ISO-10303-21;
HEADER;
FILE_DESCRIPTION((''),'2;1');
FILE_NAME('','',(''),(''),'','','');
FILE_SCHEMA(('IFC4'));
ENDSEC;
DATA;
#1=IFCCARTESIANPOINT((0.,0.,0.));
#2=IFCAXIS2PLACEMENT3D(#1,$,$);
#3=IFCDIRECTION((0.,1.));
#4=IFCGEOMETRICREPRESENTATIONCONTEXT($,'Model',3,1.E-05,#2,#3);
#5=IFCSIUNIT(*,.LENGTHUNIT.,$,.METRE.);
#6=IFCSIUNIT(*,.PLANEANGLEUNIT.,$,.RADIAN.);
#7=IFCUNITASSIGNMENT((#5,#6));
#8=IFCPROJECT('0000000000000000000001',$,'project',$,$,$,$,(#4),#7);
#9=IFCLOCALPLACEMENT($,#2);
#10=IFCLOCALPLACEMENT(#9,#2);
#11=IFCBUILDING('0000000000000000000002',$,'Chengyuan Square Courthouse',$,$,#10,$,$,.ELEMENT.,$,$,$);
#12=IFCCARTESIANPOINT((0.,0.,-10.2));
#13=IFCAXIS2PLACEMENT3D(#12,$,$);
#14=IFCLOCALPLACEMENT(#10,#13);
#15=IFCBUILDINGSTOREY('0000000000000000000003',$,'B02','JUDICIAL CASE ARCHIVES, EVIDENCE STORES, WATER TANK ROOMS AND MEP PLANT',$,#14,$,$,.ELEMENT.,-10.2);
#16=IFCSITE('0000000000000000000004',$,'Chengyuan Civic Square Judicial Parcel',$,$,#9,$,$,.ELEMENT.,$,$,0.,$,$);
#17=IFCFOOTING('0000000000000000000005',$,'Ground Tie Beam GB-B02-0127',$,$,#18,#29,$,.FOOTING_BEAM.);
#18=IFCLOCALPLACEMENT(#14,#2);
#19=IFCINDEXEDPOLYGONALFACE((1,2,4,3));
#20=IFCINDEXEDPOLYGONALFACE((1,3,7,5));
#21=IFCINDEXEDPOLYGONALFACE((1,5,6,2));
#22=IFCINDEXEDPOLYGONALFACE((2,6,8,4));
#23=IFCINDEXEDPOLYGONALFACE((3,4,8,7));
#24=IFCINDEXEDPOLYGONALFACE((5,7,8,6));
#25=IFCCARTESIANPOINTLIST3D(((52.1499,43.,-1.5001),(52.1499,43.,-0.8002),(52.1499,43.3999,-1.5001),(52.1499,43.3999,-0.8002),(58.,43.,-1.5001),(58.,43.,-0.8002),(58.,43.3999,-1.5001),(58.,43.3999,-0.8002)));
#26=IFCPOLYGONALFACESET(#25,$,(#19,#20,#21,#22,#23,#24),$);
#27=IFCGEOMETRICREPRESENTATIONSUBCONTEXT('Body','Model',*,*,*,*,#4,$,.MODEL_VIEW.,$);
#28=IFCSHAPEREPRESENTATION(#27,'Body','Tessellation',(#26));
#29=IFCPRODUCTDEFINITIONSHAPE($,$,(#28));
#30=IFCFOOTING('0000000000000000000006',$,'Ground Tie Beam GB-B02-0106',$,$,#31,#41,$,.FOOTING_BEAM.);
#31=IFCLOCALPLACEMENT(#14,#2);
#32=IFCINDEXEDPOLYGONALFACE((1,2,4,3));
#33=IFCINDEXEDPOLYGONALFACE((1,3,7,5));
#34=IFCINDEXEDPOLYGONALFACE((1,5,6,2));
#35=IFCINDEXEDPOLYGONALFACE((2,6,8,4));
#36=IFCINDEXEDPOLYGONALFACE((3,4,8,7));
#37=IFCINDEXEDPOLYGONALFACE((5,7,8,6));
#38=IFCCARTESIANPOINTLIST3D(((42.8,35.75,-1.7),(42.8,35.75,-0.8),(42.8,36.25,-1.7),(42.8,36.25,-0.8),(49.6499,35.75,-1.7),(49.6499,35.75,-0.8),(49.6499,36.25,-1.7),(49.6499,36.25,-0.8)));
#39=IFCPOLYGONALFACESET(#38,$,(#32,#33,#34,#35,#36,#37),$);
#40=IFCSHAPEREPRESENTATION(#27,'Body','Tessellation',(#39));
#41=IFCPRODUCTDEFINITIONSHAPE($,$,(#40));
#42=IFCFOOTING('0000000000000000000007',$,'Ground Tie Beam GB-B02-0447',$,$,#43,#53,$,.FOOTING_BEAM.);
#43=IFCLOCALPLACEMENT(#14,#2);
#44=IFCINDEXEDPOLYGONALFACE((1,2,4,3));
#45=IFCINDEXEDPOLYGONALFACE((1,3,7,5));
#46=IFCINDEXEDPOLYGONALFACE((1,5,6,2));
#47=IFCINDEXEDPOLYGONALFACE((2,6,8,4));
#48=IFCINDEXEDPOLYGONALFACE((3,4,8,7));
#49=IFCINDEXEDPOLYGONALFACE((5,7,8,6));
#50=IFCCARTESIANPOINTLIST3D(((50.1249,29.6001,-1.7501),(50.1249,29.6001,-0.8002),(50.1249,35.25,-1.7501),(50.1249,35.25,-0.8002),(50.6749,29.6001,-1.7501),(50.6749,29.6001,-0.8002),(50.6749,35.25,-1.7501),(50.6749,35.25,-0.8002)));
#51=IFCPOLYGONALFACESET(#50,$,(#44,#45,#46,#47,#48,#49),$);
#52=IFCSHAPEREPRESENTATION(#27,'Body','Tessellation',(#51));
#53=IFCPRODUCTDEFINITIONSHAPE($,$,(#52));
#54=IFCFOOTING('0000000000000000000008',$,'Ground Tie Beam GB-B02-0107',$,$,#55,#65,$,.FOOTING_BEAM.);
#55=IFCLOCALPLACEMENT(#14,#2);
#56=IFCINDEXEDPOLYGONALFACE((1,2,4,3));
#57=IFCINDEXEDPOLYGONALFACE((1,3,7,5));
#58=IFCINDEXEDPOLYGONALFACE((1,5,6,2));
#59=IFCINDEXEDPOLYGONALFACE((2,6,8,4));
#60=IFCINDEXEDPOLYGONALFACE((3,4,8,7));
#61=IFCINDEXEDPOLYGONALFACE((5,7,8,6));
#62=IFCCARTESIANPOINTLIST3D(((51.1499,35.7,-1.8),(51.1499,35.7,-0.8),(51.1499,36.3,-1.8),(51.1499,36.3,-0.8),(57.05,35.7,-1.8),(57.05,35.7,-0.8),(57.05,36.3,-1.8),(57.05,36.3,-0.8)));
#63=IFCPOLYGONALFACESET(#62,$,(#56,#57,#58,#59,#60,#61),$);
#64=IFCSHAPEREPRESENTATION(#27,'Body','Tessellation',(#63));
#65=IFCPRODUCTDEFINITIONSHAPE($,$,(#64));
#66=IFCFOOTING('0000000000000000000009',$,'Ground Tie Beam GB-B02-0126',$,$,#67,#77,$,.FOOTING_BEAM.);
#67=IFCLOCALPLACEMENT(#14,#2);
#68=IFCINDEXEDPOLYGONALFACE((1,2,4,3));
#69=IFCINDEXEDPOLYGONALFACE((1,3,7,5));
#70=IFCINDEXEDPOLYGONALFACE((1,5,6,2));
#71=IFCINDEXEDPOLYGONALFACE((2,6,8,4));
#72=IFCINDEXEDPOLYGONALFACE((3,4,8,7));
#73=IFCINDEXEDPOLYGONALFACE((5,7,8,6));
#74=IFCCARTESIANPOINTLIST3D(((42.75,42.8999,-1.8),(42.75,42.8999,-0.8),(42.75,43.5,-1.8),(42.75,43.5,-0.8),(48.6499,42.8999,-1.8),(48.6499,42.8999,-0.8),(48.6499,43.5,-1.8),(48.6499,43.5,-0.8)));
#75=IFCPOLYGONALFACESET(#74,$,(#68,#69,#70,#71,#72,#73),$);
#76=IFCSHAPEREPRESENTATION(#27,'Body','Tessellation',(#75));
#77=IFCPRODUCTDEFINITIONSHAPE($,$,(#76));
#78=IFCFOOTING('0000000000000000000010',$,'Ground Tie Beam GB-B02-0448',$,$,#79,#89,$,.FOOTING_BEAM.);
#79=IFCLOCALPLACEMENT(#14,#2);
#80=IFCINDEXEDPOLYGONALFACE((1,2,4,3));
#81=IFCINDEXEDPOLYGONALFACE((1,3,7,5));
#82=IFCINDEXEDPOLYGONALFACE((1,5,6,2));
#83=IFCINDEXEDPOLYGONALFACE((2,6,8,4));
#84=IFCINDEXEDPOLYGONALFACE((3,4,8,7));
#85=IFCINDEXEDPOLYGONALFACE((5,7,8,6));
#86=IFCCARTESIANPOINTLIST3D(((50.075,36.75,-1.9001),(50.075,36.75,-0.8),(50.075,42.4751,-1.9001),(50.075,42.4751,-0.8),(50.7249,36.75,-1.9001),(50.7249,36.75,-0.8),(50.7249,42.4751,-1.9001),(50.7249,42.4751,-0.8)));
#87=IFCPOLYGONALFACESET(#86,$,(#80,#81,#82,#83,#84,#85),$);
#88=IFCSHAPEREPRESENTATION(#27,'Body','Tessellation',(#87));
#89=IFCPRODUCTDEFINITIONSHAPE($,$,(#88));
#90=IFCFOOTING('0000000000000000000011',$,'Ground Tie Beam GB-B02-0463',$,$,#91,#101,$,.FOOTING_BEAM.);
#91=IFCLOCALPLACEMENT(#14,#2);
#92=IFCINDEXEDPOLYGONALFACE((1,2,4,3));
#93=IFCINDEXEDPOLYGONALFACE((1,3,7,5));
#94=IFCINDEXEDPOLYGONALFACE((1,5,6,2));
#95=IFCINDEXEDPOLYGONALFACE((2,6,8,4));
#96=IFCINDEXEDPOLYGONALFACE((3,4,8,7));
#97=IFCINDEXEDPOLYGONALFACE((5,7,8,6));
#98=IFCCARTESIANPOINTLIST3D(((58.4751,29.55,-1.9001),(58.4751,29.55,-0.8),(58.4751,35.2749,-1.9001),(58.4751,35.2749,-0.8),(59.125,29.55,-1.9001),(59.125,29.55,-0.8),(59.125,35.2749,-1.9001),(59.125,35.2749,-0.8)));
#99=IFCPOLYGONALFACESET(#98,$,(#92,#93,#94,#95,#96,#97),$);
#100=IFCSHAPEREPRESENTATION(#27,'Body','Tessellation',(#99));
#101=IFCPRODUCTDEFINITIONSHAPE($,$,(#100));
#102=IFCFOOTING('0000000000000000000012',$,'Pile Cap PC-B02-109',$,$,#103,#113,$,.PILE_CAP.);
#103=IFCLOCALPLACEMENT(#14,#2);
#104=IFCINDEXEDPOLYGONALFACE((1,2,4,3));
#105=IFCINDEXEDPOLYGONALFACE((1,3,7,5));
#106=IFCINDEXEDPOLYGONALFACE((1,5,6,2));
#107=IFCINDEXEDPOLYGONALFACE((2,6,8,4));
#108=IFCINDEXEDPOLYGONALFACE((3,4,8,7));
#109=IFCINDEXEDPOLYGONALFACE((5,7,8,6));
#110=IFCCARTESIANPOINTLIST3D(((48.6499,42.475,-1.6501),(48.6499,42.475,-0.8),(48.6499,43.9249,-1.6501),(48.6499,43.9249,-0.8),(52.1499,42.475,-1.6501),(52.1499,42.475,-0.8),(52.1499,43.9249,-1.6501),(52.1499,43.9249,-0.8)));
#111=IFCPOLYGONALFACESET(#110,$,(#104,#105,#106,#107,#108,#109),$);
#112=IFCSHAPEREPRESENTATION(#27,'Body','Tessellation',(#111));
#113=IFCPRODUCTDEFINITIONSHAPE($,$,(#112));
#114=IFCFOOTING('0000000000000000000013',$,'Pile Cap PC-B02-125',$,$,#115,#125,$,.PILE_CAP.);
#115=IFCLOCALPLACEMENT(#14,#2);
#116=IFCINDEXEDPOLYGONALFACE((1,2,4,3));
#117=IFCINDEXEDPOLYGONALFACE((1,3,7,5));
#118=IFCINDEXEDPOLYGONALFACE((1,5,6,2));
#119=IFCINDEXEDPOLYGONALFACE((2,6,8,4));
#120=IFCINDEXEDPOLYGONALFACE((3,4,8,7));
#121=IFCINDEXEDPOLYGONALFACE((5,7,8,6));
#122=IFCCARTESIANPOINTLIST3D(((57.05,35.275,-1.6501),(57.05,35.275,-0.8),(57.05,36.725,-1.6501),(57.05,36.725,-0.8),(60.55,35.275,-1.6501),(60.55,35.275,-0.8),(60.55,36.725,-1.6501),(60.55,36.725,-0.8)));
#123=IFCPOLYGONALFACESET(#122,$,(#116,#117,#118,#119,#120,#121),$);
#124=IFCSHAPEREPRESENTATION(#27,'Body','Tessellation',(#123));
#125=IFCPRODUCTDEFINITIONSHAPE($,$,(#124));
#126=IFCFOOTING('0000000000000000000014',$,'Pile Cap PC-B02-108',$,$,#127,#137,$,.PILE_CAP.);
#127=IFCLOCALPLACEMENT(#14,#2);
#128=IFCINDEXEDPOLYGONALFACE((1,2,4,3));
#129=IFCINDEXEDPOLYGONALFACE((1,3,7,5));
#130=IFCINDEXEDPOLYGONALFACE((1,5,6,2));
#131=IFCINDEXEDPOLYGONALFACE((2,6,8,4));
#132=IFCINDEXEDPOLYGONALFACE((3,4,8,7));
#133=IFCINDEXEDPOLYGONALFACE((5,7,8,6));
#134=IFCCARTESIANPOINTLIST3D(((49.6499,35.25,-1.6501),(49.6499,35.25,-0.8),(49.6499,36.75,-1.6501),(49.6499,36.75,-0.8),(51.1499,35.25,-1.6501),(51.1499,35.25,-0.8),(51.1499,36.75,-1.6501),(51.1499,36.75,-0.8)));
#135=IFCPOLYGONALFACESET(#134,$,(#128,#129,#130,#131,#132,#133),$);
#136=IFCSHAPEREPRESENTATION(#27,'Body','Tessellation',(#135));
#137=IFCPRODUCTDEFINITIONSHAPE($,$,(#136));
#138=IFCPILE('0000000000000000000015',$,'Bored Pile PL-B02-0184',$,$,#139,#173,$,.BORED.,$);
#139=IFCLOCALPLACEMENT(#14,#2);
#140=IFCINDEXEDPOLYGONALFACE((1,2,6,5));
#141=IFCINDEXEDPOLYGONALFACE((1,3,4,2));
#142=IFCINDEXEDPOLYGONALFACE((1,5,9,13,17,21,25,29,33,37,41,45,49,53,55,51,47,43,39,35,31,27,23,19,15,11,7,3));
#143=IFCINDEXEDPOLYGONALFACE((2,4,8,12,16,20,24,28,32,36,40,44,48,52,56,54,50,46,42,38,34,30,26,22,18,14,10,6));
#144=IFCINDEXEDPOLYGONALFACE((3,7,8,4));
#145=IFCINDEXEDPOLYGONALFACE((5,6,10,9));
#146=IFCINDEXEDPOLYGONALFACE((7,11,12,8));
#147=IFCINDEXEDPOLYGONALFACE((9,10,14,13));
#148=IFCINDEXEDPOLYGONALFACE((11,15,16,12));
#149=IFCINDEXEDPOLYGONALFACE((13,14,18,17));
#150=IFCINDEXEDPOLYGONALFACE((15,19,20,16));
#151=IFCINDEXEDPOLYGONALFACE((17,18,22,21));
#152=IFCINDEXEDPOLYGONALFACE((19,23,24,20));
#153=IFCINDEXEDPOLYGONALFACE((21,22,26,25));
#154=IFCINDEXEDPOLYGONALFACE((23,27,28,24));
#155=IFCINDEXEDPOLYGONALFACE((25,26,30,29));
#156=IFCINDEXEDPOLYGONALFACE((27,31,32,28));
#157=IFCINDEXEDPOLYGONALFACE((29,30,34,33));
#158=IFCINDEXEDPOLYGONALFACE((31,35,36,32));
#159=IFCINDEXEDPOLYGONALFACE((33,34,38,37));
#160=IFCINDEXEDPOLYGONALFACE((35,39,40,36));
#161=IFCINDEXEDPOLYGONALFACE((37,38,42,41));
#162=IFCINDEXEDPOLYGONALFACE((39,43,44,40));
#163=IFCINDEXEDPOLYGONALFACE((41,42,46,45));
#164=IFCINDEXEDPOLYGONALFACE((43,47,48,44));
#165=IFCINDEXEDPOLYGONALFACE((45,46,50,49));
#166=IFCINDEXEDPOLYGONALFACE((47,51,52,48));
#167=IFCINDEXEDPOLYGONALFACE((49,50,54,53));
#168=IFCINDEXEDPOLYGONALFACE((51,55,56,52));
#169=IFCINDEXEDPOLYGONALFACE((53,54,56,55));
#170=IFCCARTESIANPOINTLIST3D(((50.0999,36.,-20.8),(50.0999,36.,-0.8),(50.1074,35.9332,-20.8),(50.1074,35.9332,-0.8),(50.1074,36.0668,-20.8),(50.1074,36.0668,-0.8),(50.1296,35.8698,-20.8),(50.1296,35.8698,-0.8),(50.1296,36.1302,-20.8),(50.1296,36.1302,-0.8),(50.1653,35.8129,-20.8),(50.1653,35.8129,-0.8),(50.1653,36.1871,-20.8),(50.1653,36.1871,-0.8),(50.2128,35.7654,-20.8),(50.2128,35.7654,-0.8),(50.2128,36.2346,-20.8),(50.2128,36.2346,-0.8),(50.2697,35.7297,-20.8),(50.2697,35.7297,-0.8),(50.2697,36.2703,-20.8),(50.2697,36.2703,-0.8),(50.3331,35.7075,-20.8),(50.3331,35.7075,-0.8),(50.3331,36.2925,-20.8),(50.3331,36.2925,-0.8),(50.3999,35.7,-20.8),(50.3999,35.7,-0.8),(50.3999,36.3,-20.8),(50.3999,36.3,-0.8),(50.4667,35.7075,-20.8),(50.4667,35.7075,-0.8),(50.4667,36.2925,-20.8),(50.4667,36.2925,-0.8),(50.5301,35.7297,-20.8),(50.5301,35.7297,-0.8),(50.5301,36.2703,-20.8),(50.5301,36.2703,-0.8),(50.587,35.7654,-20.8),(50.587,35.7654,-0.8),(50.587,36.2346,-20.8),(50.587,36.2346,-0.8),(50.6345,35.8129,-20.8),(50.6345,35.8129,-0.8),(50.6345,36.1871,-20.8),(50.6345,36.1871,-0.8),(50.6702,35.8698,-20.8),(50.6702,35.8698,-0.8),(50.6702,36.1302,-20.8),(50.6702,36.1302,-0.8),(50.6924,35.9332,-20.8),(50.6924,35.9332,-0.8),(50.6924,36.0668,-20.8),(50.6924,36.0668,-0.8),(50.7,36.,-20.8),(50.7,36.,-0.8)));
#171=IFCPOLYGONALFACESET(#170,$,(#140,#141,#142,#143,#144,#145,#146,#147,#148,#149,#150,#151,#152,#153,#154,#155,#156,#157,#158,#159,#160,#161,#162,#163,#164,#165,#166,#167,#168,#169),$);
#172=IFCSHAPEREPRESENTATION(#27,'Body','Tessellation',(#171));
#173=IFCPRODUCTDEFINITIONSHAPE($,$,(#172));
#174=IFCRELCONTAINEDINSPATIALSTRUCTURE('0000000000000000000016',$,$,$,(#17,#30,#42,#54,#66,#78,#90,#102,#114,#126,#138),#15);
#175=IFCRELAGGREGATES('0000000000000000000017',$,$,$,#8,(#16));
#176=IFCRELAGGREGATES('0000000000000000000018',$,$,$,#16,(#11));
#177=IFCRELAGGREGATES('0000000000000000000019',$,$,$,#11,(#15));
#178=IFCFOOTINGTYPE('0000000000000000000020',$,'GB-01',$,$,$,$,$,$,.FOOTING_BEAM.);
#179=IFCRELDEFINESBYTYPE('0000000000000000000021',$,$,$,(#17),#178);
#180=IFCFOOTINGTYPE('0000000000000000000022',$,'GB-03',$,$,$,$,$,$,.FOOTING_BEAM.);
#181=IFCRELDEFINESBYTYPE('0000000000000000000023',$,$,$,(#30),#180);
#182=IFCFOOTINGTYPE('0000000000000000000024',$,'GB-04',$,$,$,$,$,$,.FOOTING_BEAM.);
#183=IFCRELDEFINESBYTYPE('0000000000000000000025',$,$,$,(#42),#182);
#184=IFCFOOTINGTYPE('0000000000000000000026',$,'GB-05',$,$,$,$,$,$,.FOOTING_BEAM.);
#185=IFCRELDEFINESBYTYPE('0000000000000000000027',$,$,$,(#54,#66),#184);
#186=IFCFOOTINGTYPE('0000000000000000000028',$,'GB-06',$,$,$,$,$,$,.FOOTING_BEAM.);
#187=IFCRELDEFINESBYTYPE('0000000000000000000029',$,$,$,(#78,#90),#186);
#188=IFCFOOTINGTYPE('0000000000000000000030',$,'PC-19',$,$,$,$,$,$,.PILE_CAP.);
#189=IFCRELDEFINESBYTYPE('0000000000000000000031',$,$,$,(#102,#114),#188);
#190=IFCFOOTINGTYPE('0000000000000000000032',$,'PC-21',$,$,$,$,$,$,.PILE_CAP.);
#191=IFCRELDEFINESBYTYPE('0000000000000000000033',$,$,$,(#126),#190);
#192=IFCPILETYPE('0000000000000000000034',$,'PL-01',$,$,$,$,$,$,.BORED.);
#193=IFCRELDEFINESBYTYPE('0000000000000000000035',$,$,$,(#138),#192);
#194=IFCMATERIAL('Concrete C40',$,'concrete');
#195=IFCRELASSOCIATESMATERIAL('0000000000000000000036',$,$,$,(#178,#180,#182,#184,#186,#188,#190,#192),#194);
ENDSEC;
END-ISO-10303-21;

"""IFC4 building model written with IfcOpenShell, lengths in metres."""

from ifc_helpers import new_model, si_unit, direction, frame, origin, origin_2d, place, context, subcontext, project, spatial, rectangle, circle, extrude, material, material_profile, profile_set, type_object, element, save


model = new_model("IFC4")

# Units and contexts
model_context = context("Model", 3, precision=1e-05, world=origin(), true_north=direction((0.0, 1.0)))
body_context = subcontext(model_context, "Body", "Model", "MODEL_VIEW")
ifc_project = project(units=[si_unit("LENGTHUNIT", "METRE"), si_unit("PLANEANGLEUNIT", "RADIAN")], contexts=[model_context])

# Site, building, storey
site_placement = place(None, origin())
site = spatial("IfcSite", under=ifc_project, at=site_placement, Name="Chengyuan Civic Square Judicial Parcel", CompositionType="ELEMENT", RefElevation=0.0)
building_placement = place(site_placement, origin())
building = spatial("IfcBuilding", under=site, at=building_placement, Name="Chengyuan Square Courthouse", CompositionType="ELEMENT")
storey_placement = place(building_placement, frame((0.0, 0.0, -10.2)))
storey = spatial("IfcBuildingStorey", under=building, at=storey_placement, Name="B02", Description="JUDICIAL CASE ARCHIVES, EVIDENCE STORES, WATER TANK ROOMS AND MEP PLANT", CompositionType="ELEMENT", Elevation=-10.2)

# Footings
ifc_material_1 = material(Name="Concrete C40", Category="concrete")
ifc_material_profile_1 = material_profile(ifc_material_1, rectangle(XDim=0.3999, YDim=0.7, at=origin_2d()), Name="GB-400x700")
ifc_profile_set_1 = profile_set([ifc_material_profile_1], Name="Concrete C40")
footing_type_1 = type_object("IfcFootingType", Name="GB-01", PredefinedType="FOOTING_BEAM", material=ifc_profile_set_1)
footing_1_placement = place(storey_placement, frame((52.1499, 43.2, -1.1501), z_axis=(1.0, 0.0, 0.0), x_axis=(0.0, 1.0, 0.0)))
element("IfcFooting", 1, at=footing_1_placement, inside=storey, type_object=footing_type_1, Name="Ground Tie Beam GB-B02-0127", PredefinedType="FOOTING_BEAM", context=body_context, shape_type="SweptSolid", body=[
    extrude(rectangle(XDim=0.3999, YDim=0.7, at=origin_2d()), origin(), (0.0, 0.0, 1.0), 5.8501),
])
ifc_material_profile_2 = material_profile(ifc_material_1, rectangle(XDim=0.5, YDim=0.8999, at=origin_2d()), Name="GB-500x900")
ifc_profile_set_2 = profile_set([ifc_material_profile_2], Name="Concrete C40")
footing_type_2 = type_object("IfcFootingType", Name="GB-03", PredefinedType="FOOTING_BEAM", material=ifc_profile_set_2)
footing_2_placement = place(storey_placement, frame((42.8, 36.0, -1.25), z_axis=(1.0, 0.0, 0.0), x_axis=(0.0, 1.0, 0.0)))
element("IfcFooting", 2, at=footing_2_placement, inside=storey, type_object=footing_type_2, Name="Ground Tie Beam GB-B02-0106", PredefinedType="FOOTING_BEAM", context=body_context, shape_type="SweptSolid", body=[
    extrude(rectangle(XDim=0.5, YDim=0.8999, at=origin_2d()), origin(), (0.0, 0.0, 1.0), 6.8499),
])
ifc_material_profile_3 = material_profile(ifc_material_1, rectangle(XDim=0.55, YDim=0.95, at=origin_2d()), Name="GB-550x950")
ifc_profile_set_3 = profile_set([ifc_material_profile_3], Name="Concrete C40")
footing_type_3 = type_object("IfcFootingType", Name="GB-04", PredefinedType="FOOTING_BEAM", material=ifc_profile_set_3)
footing_3_placement = place(storey_placement, frame((50.3999, 29.6001, -1.2751), z_axis=(0.0, 1.0, 0.0), x_axis=(-1.0, 0.0, 0.0)))
element("IfcFooting", 3, at=footing_3_placement, inside=storey, type_object=footing_type_3, Name="Ground Tie Beam GB-B02-0447", PredefinedType="FOOTING_BEAM", context=body_context, shape_type="SweptSolid", body=[
    extrude(rectangle(XDim=0.55, YDim=0.95, at=origin_2d()), origin(), (0.0, 0.0, 1.0), 5.6499),
])
ifc_material_profile_4 = material_profile(ifc_material_1, rectangle(XDim=0.6001, YDim=1.0, at=origin_2d()), Name="GB-600x1000")
ifc_profile_set_4 = profile_set([ifc_material_profile_4], Name="Concrete C40")
footing_type_4 = type_object("IfcFootingType", Name="GB-05", PredefinedType="FOOTING_BEAM", material=ifc_profile_set_4)
footing_4_placement = place(storey_placement, frame((51.1499, 36.0, -1.3), z_axis=(1.0, 0.0, 0.0), x_axis=(0.0, 1.0, 0.0)))
element("IfcFooting", 4, at=footing_4_placement, inside=storey, type_object=footing_type_4, Name="Ground Tie Beam GB-B02-0107", PredefinedType="FOOTING_BEAM", context=body_context, shape_type="SweptSolid", body=[
    extrude(rectangle(XDim=0.6001, YDim=1.0, at=origin_2d()), origin(), (0.0, 0.0, 1.0), 5.9001),
])
footing_5_placement = place(storey_placement, frame((42.75, 43.2, -1.3), z_axis=(1.0, 0.0, 0.0), x_axis=(0.0, 1.0, 0.0)))
element("IfcFooting", 5, at=footing_5_placement, inside=storey, type_object=footing_type_4, Name="Ground Tie Beam GB-B02-0126", PredefinedType="FOOTING_BEAM", context=body_context, shape_type="SweptSolid", body=[
    extrude(rectangle(XDim=0.6001, YDim=1.0, at=origin_2d()), origin(), (0.0, 0.0, 1.0), 5.8999),
])
ifc_material_profile_5 = material_profile(ifc_material_1, rectangle(XDim=0.6499, YDim=1.1001, at=origin_2d()), Name="GB-650x1100")
ifc_profile_set_5 = profile_set([ifc_material_profile_5], Name="Concrete C40")
footing_type_5 = type_object("IfcFootingType", Name="GB-06", PredefinedType="FOOTING_BEAM", material=ifc_profile_set_5)
footing_6_placement = place(storey_placement, frame((50.3999, 36.75, -1.3501), z_axis=(0.0, 1.0, 0.0), x_axis=(-1.0, 0.0, 0.0)))
element("IfcFooting", 6, at=footing_6_placement, inside=storey, type_object=footing_type_5, Name="Ground Tie Beam GB-B02-0448", PredefinedType="FOOTING_BEAM", context=body_context, shape_type="SweptSolid", body=[
    extrude(rectangle(XDim=0.6499, YDim=1.1001, at=origin_2d()), origin(), (0.0, 0.0, 1.0), 5.7251),
])
footing_7_placement = place(storey_placement, frame((58.8, 29.55, -1.3501), z_axis=(0.0, 1.0, 0.0), x_axis=(-1.0, 0.0, 0.0)))
element("IfcFooting", 7, at=footing_7_placement, inside=storey, type_object=footing_type_5, Name="Ground Tie Beam GB-B02-0463", PredefinedType="FOOTING_BEAM", context=body_context, shape_type="SweptSolid", body=[
    extrude(rectangle(XDim=0.6499, YDim=1.1001, at=origin_2d()), origin(), (0.0, 0.0, 1.0), 5.7249),
])
footing_type_6 = type_object("IfcFootingType", Name="PC-19", PredefinedType="PILE_CAP", material=ifc_material_1)
for number, where, z_axis, x_axis, name in (
    (8, (50.3999, 43.2, -1.6501), (0.0, 0.0, 1.0), (1.0, 0.0, 0.0), "Pile Cap PC-B02-109"),
    (9, (58.8, 36.0, -1.6501), (0.0, 0.0, 1.0), (1.0, 0.0, 0.0), "Pile Cap PC-B02-125"),
):
    element("IfcFooting", number, at=place(storey_placement, frame(where, z_axis=z_axis, x_axis=x_axis)), inside=storey, type_object=footing_type_6, Name=name, PredefinedType="PILE_CAP", context=body_context, shape_type="SweptSolid", body=[
        extrude(rectangle(XDim=3.5, YDim=1.45, at=origin_2d()), origin(), (0.0, 0.0, 1.0), 0.8501),
    ])
footing_type_7 = type_object("IfcFootingType", Name="PC-21", PredefinedType="PILE_CAP", material=ifc_material_1)
footing_8_placement = place(storey_placement, frame((50.3999, 36.0, -1.6501), z_axis=(0.0, 0.0, 1.0), x_axis=(1.0, 0.0, 0.0)))
element("IfcFooting", 10, at=footing_8_placement, inside=storey, type_object=footing_type_7, Name="Pile Cap PC-B02-108", PredefinedType="PILE_CAP", context=body_context, shape_type="SweptSolid", body=[
    extrude(rectangle(XDim=1.5, YDim=1.5, at=origin_2d()), origin(), (0.0, 0.0, 1.0), 0.8501),
])

# Pile
ifc_material_profile_6 = material_profile(ifc_material_1, circle(Radius=0.3, at=origin_2d()), Name="BORED PILE D600")
ifc_profile_set_6 = profile_set([ifc_material_profile_6], Name="Concrete C40")
pile_type_1 = type_object("IfcPileType", Name="PL-01", PredefinedType="BORED", material=ifc_profile_set_6)
pile_placement = place(storey_placement, frame((50.3999, 36.0, -0.8), z_axis=(0.0, 0.0, -1.0), x_axis=(1.0, 0.0, 0.0)))
element("IfcPile", 11, at=pile_placement, inside=storey, type_object=pile_type_1, Name="Bored Pile PL-B02-0184", PredefinedType="BORED", context=body_context, shape_type="SweptSolid", body=[
    extrude(circle(Radius=0.3, at=origin_2d()), origin(), (0.0, 0.0, 1.0), 20.0),
])

save(model, "model.ifc")
